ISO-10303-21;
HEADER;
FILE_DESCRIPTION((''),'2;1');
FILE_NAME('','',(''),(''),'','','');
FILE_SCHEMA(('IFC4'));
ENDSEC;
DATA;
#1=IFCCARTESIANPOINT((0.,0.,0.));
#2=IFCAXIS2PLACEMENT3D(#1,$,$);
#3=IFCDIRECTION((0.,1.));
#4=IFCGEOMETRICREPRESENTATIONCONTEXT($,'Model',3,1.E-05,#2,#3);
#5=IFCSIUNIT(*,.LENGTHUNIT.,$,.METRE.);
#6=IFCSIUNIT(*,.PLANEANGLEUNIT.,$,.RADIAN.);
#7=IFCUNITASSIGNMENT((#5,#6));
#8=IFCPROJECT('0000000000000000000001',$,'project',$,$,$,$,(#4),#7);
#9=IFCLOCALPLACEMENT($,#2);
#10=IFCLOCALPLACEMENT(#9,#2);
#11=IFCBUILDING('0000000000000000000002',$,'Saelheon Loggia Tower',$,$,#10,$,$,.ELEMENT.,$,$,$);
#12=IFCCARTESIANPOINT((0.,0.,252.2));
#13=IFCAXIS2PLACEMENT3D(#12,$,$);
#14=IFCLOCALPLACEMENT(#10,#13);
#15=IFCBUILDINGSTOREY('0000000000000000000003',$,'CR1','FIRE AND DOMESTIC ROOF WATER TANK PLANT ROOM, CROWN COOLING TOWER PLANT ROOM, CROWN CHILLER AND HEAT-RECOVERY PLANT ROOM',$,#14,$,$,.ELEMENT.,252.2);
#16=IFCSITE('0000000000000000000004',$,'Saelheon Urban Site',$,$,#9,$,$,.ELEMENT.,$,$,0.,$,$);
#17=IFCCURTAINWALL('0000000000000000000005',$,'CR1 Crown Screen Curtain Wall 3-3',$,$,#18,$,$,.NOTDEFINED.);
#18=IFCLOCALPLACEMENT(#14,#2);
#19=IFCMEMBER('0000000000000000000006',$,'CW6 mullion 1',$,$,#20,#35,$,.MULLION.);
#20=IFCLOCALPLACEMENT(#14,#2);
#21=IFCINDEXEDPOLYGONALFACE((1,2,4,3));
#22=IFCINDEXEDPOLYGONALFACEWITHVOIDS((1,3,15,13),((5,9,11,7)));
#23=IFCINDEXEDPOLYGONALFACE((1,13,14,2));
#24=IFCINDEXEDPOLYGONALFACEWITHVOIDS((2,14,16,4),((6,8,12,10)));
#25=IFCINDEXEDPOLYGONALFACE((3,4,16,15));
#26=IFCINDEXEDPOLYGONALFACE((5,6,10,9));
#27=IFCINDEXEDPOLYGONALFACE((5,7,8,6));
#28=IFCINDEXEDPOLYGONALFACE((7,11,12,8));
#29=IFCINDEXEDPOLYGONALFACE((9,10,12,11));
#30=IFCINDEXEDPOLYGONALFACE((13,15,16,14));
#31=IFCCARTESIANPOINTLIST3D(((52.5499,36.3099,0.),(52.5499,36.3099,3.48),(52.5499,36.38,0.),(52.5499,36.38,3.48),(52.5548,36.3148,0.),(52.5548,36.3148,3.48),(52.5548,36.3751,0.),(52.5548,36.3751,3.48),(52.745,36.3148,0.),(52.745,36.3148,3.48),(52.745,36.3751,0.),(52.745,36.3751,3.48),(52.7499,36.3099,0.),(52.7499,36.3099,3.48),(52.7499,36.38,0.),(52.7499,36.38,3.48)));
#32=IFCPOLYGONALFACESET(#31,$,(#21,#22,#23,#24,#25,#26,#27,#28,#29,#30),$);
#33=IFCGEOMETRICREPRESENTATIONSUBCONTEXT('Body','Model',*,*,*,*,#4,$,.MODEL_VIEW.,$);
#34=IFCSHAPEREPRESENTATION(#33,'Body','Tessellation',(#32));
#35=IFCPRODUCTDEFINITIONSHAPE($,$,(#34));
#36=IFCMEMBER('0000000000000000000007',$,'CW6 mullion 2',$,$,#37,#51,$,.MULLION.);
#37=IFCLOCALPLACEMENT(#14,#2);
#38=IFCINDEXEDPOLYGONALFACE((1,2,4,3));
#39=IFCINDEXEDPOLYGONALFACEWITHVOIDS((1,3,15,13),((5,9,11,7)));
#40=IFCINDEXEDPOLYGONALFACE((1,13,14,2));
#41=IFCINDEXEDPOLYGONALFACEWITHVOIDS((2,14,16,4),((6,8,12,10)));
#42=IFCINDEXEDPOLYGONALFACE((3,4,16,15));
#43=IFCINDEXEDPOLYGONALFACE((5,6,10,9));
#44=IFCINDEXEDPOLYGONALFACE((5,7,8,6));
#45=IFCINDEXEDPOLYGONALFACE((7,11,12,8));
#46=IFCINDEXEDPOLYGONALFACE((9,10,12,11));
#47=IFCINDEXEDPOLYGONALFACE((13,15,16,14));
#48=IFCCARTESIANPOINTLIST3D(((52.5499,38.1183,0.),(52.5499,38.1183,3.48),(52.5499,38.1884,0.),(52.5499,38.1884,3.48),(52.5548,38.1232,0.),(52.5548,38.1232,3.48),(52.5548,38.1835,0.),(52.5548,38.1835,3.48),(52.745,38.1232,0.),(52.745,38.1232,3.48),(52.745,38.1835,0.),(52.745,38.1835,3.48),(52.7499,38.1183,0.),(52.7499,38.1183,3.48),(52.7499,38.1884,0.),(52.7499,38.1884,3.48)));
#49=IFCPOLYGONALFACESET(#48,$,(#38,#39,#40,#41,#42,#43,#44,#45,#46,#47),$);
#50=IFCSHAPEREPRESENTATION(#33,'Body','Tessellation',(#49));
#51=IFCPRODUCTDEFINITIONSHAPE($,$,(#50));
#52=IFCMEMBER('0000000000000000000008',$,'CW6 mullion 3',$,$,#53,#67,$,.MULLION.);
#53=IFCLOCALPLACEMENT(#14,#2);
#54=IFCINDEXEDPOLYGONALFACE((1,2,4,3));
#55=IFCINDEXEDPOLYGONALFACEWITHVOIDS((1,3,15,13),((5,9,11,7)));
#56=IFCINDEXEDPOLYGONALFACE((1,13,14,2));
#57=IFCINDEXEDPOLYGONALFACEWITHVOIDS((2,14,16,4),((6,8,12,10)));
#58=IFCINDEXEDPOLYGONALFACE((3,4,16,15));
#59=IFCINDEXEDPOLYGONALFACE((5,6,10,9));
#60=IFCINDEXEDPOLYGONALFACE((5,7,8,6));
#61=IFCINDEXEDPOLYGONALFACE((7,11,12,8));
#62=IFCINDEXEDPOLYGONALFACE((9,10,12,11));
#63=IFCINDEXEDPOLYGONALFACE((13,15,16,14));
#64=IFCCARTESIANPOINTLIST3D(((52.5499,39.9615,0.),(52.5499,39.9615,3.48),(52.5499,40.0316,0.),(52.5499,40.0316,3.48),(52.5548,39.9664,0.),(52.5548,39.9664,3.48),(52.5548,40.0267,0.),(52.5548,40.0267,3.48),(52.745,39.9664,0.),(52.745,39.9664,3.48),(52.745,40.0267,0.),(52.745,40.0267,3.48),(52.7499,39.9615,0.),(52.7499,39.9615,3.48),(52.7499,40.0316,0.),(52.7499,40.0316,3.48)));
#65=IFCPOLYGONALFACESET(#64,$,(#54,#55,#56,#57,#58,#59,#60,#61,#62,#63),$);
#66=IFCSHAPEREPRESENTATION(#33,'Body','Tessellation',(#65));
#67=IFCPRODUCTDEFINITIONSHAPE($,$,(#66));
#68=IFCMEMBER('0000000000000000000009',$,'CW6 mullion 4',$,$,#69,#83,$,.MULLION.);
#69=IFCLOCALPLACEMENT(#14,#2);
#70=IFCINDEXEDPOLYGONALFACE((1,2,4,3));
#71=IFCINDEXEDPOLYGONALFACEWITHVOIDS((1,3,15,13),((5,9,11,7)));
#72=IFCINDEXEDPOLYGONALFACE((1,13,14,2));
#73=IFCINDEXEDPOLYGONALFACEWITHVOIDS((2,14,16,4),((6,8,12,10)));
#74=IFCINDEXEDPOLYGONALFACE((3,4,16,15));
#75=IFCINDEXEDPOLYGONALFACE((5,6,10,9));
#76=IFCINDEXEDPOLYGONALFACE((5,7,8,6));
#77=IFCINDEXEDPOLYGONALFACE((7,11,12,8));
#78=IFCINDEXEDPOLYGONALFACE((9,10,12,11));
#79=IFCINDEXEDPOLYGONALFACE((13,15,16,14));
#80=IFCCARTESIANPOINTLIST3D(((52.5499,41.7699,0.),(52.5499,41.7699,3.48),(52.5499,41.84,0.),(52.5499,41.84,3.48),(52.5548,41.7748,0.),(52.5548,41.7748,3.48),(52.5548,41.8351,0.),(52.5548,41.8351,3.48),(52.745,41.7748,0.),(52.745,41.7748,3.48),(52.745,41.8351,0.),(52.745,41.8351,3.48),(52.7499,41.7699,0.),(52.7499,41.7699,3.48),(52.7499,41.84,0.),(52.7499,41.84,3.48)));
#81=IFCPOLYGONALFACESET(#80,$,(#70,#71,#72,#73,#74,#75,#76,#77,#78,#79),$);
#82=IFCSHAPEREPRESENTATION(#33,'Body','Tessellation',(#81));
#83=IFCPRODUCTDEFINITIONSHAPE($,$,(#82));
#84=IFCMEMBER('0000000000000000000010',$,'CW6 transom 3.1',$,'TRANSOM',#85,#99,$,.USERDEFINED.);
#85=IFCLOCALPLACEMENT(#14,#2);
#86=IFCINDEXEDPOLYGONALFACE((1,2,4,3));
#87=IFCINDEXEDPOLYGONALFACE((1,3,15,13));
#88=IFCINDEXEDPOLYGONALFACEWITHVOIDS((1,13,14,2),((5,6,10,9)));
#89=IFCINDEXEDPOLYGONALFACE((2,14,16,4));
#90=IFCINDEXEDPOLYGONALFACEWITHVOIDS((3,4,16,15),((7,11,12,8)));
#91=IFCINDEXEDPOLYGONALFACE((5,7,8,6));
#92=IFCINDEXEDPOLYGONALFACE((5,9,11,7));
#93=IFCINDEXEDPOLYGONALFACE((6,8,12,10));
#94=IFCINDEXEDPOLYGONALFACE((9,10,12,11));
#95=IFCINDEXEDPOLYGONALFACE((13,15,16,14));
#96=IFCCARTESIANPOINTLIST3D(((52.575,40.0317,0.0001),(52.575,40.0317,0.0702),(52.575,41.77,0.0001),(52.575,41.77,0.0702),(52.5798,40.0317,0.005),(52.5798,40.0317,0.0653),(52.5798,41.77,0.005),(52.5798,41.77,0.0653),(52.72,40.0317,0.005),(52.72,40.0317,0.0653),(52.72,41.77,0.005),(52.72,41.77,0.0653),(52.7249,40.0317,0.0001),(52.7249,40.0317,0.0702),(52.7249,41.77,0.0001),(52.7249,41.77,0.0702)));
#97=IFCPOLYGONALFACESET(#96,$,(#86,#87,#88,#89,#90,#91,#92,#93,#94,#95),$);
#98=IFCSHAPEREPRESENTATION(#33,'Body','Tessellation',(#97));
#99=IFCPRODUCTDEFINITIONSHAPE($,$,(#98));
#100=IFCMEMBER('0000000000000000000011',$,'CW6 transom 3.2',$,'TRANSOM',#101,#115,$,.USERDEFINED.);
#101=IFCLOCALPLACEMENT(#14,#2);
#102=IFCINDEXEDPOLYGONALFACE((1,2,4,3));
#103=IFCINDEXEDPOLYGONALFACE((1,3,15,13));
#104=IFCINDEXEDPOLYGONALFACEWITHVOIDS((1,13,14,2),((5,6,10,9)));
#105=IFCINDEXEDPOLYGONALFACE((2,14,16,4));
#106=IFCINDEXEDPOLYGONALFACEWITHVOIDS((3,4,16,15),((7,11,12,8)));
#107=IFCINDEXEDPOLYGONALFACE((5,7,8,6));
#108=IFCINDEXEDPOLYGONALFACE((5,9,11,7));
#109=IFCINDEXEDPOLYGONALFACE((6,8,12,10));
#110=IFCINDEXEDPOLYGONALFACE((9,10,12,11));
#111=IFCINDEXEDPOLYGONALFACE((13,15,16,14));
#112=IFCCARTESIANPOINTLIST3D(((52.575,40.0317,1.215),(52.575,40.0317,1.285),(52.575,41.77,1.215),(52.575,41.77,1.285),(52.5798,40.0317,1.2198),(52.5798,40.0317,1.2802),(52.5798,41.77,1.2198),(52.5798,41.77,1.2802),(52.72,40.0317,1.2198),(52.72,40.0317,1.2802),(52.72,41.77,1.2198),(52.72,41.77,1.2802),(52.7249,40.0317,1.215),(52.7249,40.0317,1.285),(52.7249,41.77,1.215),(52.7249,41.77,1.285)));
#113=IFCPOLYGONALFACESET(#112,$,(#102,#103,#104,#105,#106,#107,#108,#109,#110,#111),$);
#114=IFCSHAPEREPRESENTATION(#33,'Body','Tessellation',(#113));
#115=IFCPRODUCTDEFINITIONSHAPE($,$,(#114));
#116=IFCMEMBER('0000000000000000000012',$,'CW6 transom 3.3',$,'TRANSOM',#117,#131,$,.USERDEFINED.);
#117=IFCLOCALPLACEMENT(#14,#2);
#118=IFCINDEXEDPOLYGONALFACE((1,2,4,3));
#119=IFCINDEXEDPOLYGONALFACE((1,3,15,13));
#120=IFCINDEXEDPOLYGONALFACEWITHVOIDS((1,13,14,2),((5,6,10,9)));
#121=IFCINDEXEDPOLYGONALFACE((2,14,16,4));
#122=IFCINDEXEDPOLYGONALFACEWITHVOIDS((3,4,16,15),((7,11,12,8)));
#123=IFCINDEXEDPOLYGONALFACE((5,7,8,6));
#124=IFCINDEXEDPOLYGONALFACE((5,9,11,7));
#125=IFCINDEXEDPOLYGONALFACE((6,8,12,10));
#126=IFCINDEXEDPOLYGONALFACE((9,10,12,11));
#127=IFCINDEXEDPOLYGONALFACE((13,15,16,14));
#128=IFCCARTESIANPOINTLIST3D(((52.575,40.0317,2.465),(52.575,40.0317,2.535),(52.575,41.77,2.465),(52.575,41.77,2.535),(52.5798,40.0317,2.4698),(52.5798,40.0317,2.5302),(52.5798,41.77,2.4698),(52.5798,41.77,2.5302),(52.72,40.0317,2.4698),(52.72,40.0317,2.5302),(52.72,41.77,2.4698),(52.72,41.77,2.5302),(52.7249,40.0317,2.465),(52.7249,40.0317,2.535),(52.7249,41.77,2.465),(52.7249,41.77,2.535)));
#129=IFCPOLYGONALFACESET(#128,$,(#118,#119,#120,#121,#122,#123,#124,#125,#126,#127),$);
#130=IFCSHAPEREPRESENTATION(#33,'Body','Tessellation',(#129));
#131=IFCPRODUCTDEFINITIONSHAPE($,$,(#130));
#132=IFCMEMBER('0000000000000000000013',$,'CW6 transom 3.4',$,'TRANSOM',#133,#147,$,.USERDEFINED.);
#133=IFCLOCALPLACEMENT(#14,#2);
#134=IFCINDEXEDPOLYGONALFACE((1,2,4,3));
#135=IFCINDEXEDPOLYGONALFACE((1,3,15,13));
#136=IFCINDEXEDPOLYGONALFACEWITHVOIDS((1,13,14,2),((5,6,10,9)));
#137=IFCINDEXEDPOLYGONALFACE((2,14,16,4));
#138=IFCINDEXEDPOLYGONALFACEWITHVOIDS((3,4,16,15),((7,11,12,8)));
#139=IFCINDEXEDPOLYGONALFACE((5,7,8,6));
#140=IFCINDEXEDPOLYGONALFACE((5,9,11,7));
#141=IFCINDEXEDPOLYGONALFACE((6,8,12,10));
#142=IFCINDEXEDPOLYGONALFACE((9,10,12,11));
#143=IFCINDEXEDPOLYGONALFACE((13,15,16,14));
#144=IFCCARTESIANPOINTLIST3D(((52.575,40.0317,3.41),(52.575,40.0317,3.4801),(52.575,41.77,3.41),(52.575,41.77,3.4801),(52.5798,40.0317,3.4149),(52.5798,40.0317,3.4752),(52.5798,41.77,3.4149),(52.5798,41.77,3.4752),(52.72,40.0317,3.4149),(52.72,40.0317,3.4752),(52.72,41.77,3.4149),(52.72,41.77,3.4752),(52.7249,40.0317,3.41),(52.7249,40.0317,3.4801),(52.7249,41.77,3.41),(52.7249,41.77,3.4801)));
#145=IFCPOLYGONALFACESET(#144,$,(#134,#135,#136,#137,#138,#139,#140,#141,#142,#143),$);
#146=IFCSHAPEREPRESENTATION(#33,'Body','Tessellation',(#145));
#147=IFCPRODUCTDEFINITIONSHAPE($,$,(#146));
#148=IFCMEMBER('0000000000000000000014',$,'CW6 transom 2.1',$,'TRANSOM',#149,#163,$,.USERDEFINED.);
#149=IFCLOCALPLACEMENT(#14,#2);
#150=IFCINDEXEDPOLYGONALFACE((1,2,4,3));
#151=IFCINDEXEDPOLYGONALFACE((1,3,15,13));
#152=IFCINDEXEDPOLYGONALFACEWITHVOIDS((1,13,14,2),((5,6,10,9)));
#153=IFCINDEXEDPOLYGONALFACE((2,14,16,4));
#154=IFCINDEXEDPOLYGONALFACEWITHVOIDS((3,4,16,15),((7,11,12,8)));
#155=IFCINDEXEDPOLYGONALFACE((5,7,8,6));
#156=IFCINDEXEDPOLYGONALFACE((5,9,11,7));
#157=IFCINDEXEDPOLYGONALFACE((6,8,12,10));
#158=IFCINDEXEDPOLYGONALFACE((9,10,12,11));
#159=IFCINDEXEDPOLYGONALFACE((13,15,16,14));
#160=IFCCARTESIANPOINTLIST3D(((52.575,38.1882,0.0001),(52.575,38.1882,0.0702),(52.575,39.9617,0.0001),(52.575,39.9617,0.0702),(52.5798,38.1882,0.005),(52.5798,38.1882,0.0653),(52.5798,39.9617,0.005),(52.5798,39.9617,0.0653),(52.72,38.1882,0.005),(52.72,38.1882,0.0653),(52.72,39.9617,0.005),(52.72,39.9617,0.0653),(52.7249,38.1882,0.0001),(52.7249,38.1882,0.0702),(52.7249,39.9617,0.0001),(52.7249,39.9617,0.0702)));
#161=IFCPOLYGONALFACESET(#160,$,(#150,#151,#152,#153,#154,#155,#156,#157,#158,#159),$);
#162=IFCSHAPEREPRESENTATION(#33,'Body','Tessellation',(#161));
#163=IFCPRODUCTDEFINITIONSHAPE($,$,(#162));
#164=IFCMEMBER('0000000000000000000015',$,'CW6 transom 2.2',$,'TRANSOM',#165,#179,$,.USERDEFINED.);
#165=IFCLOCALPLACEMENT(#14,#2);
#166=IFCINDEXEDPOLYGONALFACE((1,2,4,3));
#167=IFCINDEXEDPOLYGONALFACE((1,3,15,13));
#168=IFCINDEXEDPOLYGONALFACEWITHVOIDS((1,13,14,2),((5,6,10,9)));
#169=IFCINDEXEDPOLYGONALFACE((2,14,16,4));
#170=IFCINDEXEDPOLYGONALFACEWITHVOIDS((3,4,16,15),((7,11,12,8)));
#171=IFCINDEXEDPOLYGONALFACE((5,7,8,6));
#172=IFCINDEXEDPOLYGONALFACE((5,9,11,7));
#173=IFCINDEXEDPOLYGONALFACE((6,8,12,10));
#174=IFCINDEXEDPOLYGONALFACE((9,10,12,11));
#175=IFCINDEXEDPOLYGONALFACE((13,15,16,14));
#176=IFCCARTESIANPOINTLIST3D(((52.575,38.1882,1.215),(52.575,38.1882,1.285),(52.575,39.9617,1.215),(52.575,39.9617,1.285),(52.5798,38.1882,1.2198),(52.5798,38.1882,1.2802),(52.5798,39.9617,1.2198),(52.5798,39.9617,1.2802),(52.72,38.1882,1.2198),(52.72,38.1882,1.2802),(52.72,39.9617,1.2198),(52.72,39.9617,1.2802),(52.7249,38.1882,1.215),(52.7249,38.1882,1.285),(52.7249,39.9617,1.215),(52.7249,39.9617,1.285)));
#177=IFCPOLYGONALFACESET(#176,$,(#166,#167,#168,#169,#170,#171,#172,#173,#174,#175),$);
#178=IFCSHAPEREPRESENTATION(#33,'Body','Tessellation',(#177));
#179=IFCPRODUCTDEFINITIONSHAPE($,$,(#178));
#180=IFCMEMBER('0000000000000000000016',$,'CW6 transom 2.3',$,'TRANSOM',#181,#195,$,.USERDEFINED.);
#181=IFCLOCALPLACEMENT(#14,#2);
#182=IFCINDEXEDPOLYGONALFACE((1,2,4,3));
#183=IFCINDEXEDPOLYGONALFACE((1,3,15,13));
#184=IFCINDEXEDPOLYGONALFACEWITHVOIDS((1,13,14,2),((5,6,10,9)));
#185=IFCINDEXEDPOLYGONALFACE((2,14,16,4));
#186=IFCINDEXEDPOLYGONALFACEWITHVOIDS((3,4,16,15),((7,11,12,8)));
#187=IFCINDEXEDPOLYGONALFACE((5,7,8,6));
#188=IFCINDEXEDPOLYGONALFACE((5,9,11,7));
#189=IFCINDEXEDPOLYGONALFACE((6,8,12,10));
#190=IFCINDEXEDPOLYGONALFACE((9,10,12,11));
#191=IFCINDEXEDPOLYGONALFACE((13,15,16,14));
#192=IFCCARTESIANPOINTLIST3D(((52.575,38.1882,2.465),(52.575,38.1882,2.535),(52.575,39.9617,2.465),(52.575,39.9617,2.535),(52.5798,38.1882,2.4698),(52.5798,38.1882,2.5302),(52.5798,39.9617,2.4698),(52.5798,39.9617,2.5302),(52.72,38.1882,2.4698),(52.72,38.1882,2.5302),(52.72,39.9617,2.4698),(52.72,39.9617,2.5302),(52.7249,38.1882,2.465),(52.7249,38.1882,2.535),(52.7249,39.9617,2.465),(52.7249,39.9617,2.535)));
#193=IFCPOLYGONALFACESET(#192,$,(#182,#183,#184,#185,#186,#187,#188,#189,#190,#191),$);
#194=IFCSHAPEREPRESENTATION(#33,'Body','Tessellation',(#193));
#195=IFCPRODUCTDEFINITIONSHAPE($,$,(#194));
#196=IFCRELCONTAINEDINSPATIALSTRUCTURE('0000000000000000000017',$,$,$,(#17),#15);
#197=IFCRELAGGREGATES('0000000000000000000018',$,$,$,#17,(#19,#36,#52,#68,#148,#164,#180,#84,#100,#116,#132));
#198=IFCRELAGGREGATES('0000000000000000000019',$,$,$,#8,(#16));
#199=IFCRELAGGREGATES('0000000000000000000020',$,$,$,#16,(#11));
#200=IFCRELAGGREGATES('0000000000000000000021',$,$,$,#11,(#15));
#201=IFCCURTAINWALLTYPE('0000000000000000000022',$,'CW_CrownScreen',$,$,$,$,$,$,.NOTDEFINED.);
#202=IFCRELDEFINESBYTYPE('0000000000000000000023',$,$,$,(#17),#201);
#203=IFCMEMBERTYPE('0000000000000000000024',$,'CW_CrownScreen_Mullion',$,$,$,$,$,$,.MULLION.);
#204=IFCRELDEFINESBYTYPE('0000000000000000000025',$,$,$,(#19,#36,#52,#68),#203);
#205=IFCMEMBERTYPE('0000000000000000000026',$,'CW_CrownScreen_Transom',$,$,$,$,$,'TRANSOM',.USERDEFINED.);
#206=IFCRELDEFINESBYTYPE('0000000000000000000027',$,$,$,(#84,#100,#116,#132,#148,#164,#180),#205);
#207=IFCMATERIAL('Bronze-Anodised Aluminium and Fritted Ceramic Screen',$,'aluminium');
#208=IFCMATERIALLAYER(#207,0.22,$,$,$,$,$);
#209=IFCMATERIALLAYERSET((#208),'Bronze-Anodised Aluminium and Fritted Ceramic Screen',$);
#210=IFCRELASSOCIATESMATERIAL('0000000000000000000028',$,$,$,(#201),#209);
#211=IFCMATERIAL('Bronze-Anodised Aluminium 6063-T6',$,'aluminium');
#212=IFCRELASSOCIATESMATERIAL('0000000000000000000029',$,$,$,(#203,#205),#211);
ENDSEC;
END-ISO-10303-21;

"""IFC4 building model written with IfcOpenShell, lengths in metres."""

from ifc_helpers import new_model, si_unit, direction, frame, origin, origin_2d, place, context, subcontext, project, spatial, hollow_rectangle, extrude, source, transform, mapped, material, layer, layer_set, material_profile, profile_set, type_object, element, aggregate, save


model = new_model("IFC4")

# Units and contexts
model_context = context("Model", 3, precision=1e-05, world=origin(), true_north=direction((0.0, 1.0)))
body_context = subcontext(model_context, "Body", "Model", "MODEL_VIEW")
ifc_project = project(units=[si_unit("LENGTHUNIT", "METRE"), si_unit("PLANEANGLEUNIT", "RADIAN")], contexts=[model_context])

# Site, building, storey
site_placement = place(None, origin())
site = spatial("IfcSite", under=ifc_project, at=site_placement, Name="Saelheon Urban Site", CompositionType="ELEMENT", RefElevation=0.0)
building_placement = place(site_placement, origin())
building = spatial("IfcBuilding", under=site, at=building_placement, Name="Saelheon Loggia Tower", CompositionType="ELEMENT")
storey_placement = place(building_placement, frame((0.0, 0.0, 252.2)))
storey = spatial("IfcBuildingStorey", under=building, at=storey_placement, Name="CR1", Description="FIRE AND DOMESTIC ROOF WATER TANK PLANT ROOM, CROWN COOLING TOWER PLANT ROOM, CROWN CHILLER AND HEAT-RECOVERY PLANT ROOM", CompositionType="ELEMENT", Elevation=252.2)

# Curtain wall, members
ifc_material_1 = material(Name="Bronze-Anodised Aluminium and Fritted Ceramic Screen", Category="aluminium")
ifc_layer_1 = layer(ifc_material_1, 0.22)
ifc_layer_set_1 = layer_set([ifc_layer_1], Name="Bronze-Anodised Aluminium and Fritted Ceramic Screen")
curtain_wall_type = type_object("IfcCurtainWallType", Name="CW_CrownScreen", PredefinedType="NOTDEFINED", material=ifc_layer_set_1)
curtain_wall_placement = place(storey_placement, origin())
curtain_wall = element("IfcCurtainWall", 1, at=curtain_wall_placement, inside=storey, type_object=curtain_wall_type, Name="CR1 Crown Screen Curtain Wall 3-3", PredefinedType="NOTDEFINED")
ifc_material_2 = material(Name="Bronze-Anodised Aluminium 6063-T6", Category="aluminium")
ifc_material_profile_1 = material_profile(ifc_material_2, hollow_rectangle(XDim=0.0701, YDim=0.2, WallThickness=0.0049, at=origin_2d()), Name="RHS-200x70x5")
ifc_profile_set_1 = profile_set([ifc_material_profile_1], Name="Bronze-Anodised Aluminium 6063-T6")
member_type_1 = type_object("IfcMemberType", Name="CW_CrownScreen_Mullion", PredefinedType="MULLION", material=ifc_profile_set_1)
shared_shape_1 = source(origin(), body_context, "Body", "SweptSolid", [
    extrude(hollow_rectangle(XDim=0.0701, YDim=0.2, WallThickness=0.0049, at=origin_2d()), origin(), (0.0, 0.0, 1.0), 3.48),
])
member_1_placement = place(storey_placement, frame((52.6499, 36.345, 0.0), z_axis=(0.0, 0.0, 1.0), x_axis=(0.0, 1.0, 0.0)))
member_1 = element("IfcMember", 2, at=member_1_placement, type_object=member_type_1, Name="CW6 mullion 1", PredefinedType="MULLION", context=body_context, shape_type="MappedRepresentation", body=[
    mapped(shared_shape_1, transform((0.0, 0.0, 0.0), scale=1.0)),
])
member_2_placement = place(storey_placement, frame((52.6499, 38.1533, 0.0), z_axis=(0.0, 0.0, 1.0), x_axis=(0.0, 1.0, 0.0)))
member_2 = element("IfcMember", 3, at=member_2_placement, type_object=member_type_1, Name="CW6 mullion 2", PredefinedType="MULLION", context=body_context, shape_type="MappedRepresentation", body=[
    mapped(shared_shape_1, transform((0.0, 0.0, 0.0), scale=1.0)),
])
member_3_placement = place(storey_placement, frame((52.6499, 39.9966, 0.0), z_axis=(0.0, 0.0, 1.0), x_axis=(0.0, 1.0, 0.0)))
member_3 = element("IfcMember", 4, at=member_3_placement, type_object=member_type_1, Name="CW6 mullion 3", PredefinedType="MULLION", context=body_context, shape_type="MappedRepresentation", body=[
    mapped(shared_shape_1, transform((0.0, 0.0, 0.0), scale=1.0)),
])
member_4_placement = place(storey_placement, frame((52.6499, 41.8049, 0.0), z_axis=(0.0, 0.0, 1.0), x_axis=(0.0, 1.0, 0.0)))
member_4 = element("IfcMember", 5, at=member_4_placement, type_object=member_type_1, Name="CW6 mullion 4", PredefinedType="MULLION", context=body_context, shape_type="MappedRepresentation", body=[
    mapped(shared_shape_1, transform((0.0, 0.0, 0.0), scale=1.0)),
])
ifc_material_profile_2 = material_profile(ifc_material_2, hollow_rectangle(XDim=0.0701, YDim=0.1499, WallThickness=0.0049, at=origin_2d()), Name="RHS-150x70x5")
ifc_profile_set_2 = profile_set([ifc_material_profile_2], Name="Bronze-Anodised Aluminium 6063-T6")
member_type_2 = type_object("IfcMemberType", Name="CW_CrownScreen_Transom", ElementType="TRANSOM", PredefinedType="USERDEFINED", material=ifc_profile_set_2)
shared_shape_2 = source(origin(), body_context, "Body", "SweptSolid", [
    extrude(hollow_rectangle(XDim=0.0701, YDim=0.1499, WallThickness=0.0049, at=origin_2d()), origin(), (0.0, 0.0, 1.0), 1.7383),
])
member_5_placement = place(storey_placement, frame((52.6499, 40.0317, 0.0352), z_axis=(0.0, 1.0, 0.0), x_axis=(0.0, 0.0, 1.0)))
member_5 = element("IfcMember", 6, at=member_5_placement, type_object=member_type_2, Name="CW6 transom 3.1", ObjectType="TRANSOM", PredefinedType="USERDEFINED", context=body_context, shape_type="MappedRepresentation", body=[
    mapped(shared_shape_2, transform((0.0, 0.0, 0.0), scale=1.0)),
])
member_6_placement = place(storey_placement, frame((52.6499, 40.0317, 1.25), z_axis=(0.0, 1.0, 0.0), x_axis=(0.0, 0.0, 1.0)))
member_6 = element("IfcMember", 7, at=member_6_placement, type_object=member_type_2, Name="CW6 transom 3.2", ObjectType="TRANSOM", PredefinedType="USERDEFINED", context=body_context, shape_type="MappedRepresentation", body=[
    mapped(shared_shape_2, transform((0.0, 0.0, 0.0), scale=1.0)),
])
member_7_placement = place(storey_placement, frame((52.6499, 40.0317, 2.5), z_axis=(0.0, 1.0, 0.0), x_axis=(0.0, 0.0, 1.0)))
member_7 = element("IfcMember", 8, at=member_7_placement, type_object=member_type_2, Name="CW6 transom 3.3", ObjectType="TRANSOM", PredefinedType="USERDEFINED", context=body_context, shape_type="MappedRepresentation", body=[
    mapped(shared_shape_2, transform((0.0, 0.0, 0.0), scale=1.0)),
])
member_8_placement = place(storey_placement, frame((52.6499, 40.0317, 3.4451), z_axis=(0.0, 1.0, 0.0), x_axis=(0.0, 0.0, 1.0)))
member_8 = element("IfcMember", 9, at=member_8_placement, type_object=member_type_2, Name="CW6 transom 3.4", ObjectType="TRANSOM", PredefinedType="USERDEFINED", context=body_context, shape_type="MappedRepresentation", body=[
    mapped(shared_shape_2, transform((0.0, 0.0, 0.0), scale=1.0)),
])
shared_shape_3 = source(origin(), body_context, "Body", "SweptSolid", [
    extrude(hollow_rectangle(XDim=0.0701, YDim=0.1499, WallThickness=0.0049, at=origin_2d()), origin(), (0.0, 0.0, 1.0), 1.7734),
])
member_9_placement = place(storey_placement, frame((52.6499, 38.1882, 0.0352), z_axis=(0.0, 1.0, 0.0), x_axis=(0.0, 0.0, 1.0)))
member_9 = element("IfcMember", 10, at=member_9_placement, type_object=member_type_2, Name="CW6 transom 2.1", ObjectType="TRANSOM", PredefinedType="USERDEFINED", context=body_context, shape_type="MappedRepresentation", body=[
    mapped(shared_shape_3, transform((0.0, 0.0, 0.0), scale=1.0)),
])
member_10_placement = place(storey_placement, frame((52.6499, 38.1882, 1.25), z_axis=(0.0, 1.0, 0.0), x_axis=(0.0, 0.0, 1.0)))
member_10 = element("IfcMember", 11, at=member_10_placement, type_object=member_type_2, Name="CW6 transom 2.2", ObjectType="TRANSOM", PredefinedType="USERDEFINED", context=body_context, shape_type="MappedRepresentation", body=[
    mapped(shared_shape_3, transform((0.0, 0.0, 0.0), scale=1.0)),
])
member_11_placement = place(storey_placement, frame((52.6499, 38.1882, 2.5), z_axis=(0.0, 1.0, 0.0), x_axis=(0.0, 0.0, 1.0)))
member_11 = element("IfcMember", 12, at=member_11_placement, type_object=member_type_2, Name="CW6 transom 2.3", ObjectType="TRANSOM", PredefinedType="USERDEFINED", context=body_context, shape_type="MappedRepresentation", body=[
    mapped(shared_shape_3, transform((0.0, 0.0, 0.0), scale=1.0)),
])
aggregate(curtain_wall, [member_1, member_2, member_3, member_4, member_9, member_10, member_11, member_5, member_6, member_7, member_8])

save(model, "model.ifc")
